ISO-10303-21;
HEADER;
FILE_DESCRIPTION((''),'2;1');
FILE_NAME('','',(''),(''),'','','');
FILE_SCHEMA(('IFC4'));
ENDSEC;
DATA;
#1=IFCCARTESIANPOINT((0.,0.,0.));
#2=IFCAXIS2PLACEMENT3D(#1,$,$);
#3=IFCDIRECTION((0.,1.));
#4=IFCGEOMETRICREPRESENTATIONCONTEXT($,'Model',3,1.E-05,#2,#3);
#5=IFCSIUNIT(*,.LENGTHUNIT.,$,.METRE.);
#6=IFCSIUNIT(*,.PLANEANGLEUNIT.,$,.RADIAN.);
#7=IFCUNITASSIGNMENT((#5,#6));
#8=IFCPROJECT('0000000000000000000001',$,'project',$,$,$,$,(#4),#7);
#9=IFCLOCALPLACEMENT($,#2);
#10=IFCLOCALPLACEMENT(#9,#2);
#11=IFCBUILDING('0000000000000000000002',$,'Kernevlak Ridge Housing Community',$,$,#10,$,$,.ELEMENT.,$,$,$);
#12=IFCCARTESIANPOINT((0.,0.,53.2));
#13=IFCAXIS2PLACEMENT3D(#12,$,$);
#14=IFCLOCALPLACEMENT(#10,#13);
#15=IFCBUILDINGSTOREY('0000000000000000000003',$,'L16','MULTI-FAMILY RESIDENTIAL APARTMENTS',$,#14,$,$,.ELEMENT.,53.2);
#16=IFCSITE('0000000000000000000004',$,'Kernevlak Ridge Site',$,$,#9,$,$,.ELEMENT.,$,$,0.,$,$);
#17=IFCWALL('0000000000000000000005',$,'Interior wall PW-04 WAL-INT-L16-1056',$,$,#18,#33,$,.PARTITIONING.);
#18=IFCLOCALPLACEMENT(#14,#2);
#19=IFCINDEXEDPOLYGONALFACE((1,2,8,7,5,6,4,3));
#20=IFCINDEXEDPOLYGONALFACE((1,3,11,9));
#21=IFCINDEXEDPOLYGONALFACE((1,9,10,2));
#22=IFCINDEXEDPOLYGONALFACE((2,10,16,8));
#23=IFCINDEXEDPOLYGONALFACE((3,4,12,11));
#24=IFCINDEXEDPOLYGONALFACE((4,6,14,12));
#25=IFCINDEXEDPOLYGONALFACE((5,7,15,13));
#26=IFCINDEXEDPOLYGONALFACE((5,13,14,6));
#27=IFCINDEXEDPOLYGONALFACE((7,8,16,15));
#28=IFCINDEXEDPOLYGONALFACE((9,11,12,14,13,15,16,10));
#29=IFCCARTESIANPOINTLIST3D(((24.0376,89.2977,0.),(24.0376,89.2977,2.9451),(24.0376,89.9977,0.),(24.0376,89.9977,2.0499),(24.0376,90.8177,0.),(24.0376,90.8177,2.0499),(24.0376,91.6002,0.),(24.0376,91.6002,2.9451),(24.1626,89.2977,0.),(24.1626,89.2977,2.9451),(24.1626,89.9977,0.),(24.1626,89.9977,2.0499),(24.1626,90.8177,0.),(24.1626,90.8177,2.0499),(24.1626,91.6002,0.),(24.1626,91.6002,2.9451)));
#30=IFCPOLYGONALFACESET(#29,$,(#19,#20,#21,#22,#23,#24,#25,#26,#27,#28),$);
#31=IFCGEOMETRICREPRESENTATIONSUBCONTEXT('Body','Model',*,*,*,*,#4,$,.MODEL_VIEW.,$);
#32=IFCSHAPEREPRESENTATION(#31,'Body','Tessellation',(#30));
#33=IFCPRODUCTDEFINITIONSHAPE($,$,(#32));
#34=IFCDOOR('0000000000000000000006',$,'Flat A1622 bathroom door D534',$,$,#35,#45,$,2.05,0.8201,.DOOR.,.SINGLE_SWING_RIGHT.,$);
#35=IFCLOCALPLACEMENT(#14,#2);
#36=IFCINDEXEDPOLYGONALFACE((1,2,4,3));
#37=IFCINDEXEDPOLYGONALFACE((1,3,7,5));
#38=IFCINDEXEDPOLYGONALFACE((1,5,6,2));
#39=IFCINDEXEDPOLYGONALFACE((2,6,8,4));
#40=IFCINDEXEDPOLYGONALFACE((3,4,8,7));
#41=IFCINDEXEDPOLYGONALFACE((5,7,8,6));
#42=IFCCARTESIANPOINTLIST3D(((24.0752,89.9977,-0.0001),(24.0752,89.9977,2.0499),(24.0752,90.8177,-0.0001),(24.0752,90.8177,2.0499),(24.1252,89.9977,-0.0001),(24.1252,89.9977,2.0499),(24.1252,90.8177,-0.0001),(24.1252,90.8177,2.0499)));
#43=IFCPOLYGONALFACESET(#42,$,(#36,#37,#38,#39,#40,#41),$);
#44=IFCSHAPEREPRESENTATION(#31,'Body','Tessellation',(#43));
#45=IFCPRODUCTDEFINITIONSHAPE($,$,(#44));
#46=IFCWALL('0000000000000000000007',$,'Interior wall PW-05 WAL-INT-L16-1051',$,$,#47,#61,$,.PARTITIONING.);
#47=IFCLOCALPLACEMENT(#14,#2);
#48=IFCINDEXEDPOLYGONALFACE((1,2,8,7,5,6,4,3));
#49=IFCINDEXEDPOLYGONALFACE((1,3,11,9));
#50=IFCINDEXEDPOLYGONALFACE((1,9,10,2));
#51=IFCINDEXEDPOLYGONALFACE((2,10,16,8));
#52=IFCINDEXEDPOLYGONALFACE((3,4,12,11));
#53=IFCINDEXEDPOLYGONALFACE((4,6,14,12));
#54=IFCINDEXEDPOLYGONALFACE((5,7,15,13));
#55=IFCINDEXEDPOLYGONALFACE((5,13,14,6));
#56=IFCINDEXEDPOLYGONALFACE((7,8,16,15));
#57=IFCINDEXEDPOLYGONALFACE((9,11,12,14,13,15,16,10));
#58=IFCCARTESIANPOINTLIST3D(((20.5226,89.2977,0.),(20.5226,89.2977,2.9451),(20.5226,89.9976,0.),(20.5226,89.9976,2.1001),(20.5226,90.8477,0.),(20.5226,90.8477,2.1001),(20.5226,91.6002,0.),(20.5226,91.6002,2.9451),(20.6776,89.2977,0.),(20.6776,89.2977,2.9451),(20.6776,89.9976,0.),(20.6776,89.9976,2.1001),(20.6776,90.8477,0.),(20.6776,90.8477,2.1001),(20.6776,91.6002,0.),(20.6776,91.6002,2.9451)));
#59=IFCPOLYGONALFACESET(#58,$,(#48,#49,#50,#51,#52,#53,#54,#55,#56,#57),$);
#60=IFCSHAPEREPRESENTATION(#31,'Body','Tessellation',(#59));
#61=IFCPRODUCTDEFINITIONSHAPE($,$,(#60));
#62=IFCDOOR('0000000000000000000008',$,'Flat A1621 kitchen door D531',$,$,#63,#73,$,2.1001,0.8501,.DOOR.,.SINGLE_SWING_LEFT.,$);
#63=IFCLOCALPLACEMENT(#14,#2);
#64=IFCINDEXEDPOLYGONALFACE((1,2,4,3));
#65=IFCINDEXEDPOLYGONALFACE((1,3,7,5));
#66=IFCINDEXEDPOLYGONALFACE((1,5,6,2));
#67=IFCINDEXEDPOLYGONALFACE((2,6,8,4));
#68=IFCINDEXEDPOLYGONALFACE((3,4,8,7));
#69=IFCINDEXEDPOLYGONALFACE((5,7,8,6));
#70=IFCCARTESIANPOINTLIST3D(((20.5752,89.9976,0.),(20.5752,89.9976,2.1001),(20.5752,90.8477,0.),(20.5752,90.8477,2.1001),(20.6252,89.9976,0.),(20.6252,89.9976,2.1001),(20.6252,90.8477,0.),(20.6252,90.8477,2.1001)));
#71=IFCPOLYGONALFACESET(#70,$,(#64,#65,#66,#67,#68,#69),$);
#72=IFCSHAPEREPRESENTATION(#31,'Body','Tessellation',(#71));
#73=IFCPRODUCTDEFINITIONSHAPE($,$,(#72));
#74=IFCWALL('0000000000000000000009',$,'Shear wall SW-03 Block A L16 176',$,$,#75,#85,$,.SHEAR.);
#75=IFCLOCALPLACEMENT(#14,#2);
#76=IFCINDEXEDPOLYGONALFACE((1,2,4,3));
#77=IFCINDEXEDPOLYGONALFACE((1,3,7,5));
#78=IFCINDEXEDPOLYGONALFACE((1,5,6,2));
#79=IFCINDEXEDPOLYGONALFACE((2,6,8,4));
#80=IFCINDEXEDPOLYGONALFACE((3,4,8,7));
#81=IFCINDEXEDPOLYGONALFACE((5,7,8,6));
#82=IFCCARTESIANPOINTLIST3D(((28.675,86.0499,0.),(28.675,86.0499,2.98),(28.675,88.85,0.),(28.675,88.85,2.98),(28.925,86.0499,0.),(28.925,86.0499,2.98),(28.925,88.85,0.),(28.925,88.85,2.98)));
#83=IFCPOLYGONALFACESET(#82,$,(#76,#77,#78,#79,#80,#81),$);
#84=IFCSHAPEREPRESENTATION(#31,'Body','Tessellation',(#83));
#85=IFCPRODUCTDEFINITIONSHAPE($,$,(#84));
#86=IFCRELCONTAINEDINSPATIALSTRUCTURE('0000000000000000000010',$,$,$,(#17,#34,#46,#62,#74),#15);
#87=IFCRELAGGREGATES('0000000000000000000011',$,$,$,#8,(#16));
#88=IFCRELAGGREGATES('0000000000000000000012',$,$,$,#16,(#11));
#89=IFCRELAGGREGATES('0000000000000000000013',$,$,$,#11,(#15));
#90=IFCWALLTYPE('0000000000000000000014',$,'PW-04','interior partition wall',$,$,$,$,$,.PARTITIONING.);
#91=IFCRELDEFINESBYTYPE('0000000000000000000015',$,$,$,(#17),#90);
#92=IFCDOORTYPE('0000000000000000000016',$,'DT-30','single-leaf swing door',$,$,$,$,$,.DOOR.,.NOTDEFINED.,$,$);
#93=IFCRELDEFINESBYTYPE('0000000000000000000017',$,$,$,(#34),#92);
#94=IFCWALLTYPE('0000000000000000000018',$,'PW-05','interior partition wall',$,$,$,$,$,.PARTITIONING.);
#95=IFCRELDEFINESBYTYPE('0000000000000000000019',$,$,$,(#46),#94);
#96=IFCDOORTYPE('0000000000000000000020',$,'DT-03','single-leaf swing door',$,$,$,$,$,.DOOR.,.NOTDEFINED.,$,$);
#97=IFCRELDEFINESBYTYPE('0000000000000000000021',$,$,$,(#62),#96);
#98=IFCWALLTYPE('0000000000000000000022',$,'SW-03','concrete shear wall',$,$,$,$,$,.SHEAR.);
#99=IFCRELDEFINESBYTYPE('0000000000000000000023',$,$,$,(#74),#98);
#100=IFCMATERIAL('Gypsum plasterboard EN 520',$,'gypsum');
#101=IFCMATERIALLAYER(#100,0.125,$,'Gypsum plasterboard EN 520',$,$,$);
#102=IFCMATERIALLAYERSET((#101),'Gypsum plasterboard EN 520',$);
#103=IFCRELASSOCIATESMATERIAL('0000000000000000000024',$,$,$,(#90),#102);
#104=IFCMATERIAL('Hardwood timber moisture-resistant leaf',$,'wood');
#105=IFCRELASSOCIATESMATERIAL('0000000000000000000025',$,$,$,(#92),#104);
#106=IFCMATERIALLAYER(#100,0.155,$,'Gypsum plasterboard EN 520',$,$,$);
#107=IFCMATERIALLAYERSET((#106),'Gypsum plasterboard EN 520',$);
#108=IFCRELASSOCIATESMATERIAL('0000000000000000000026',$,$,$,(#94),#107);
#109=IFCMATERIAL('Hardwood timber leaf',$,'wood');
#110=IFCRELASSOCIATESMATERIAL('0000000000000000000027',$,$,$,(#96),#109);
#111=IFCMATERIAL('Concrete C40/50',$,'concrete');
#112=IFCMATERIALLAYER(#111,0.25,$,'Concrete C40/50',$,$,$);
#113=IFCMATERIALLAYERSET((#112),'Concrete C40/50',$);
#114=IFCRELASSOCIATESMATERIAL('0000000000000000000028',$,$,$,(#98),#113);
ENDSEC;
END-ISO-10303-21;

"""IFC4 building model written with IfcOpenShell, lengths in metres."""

from ifc_helpers import new_model, si_unit, direction, frame, frame_2d, origin, place, context, subcontext, project, spatial, rectangle, extrude, material, layer, layer_set, type_object, element, fill, save


model = new_model("IFC4")

# Units and contexts
model_context = context("Model", 3, precision=1e-05, world=origin(), true_north=direction((0.0, 1.0)))
body_context = subcontext(model_context, "Body", "Model", "MODEL_VIEW")
ifc_project = project(units=[si_unit("LENGTHUNIT", "METRE"), si_unit("PLANEANGLEUNIT", "RADIAN")], contexts=[model_context])

# Site, building, storey
site_placement = place(None, origin())
site = spatial("IfcSite", under=ifc_project, at=site_placement, Name="Kernevlak Ridge Site", CompositionType="ELEMENT", RefElevation=0.0)
building_placement = place(site_placement, origin())
building = spatial("IfcBuilding", under=site, at=building_placement, Name="Kernevlak Ridge Housing Community", CompositionType="ELEMENT")
storey_placement = place(building_placement, frame((0.0, 0.0, 53.2)))
storey = spatial("IfcBuildingStorey", under=building, at=storey_placement, Name="L16", Description="MULTI-FAMILY RESIDENTIAL APARTMENTS", CompositionType="ELEMENT", Elevation=53.2)

# Walls, openings, doors
ifc_material_1 = material(Name="Gypsum plasterboard EN 520", Category="gypsum")
ifc_layer_1 = layer(ifc_material_1, 0.125, Name="Gypsum plasterboard EN 520")
ifc_layer_set_1 = layer_set([ifc_layer_1], Name="Gypsum plasterboard EN 520")
wall_type_1 = type_object("IfcWallType", Name="PW-04", Description="interior partition wall", PredefinedType="PARTITIONING", material=ifc_layer_set_1)
wall_1_placement = place(storey_placement, frame((24.1001, 89.2976, 0.0), z_axis=(0.0, 0.0, 1.0), x_axis=(0.0, 1.0, 0.0)))
wall_1 = element("IfcWall", 1, at=wall_1_placement, inside=storey, type_object=wall_type_1, Name="Interior wall PW-04 WAL-INT-L16-1056", PredefinedType="PARTITIONING", context=body_context, shape_type="SweptSolid", body=[
    extrude(rectangle(XDim=2.3025, YDim=0.125, at=frame_2d((1.1514, 0.0))), origin(), (0.0, 0.0, 1.0), 2.9451),
])
opening_1_placement = place(wall_1_placement, frame((0.7, 0.0, 0.0)))
opening_1 = element("IfcOpeningElement", 2, at=opening_1_placement, cuts=wall_1, PredefinedType="OPENING", context=body_context, shape_type="SweptSolid", body=[
    extrude(rectangle(XDim=0.8201, YDim=2.05, at=frame_2d((0.4102, 1.0249))), frame((0.0, 0.0725, 0.0), z_axis=(0.0, -1.0, 0.0), x_axis=(1.0, 0.0, 0.0)), (0.0, 0.0, 1.0), 0.145),
])
ifc_material_2 = material(Name="Hardwood timber moisture-resistant leaf", Category="wood")
door_type_1 = type_object("IfcDoorType", Name="DT-30", Description="single-leaf swing door", OperationType="NOTDEFINED", PredefinedType="DOOR", material=ifc_material_2)
door_1_placement = place(opening_1_placement, origin())
door_1 = element("IfcDoor", 3, at=door_1_placement, inside=storey, type_object=door_type_1, Name="Flat A1622 bathroom door D534", OperationType="SINGLE_SWING_RIGHT", OverallHeight=2.05, OverallWidth=0.8201, PredefinedType="DOOR", context=body_context, shape_type="SweptSolid", body=[
    extrude(rectangle(XDim=0.8201, YDim=2.05, at=frame_2d((0.4102, 1.0249))), frame((0.0, 0.0249, 0.0), z_axis=(0.0, -1.0, 0.0), x_axis=(1.0, 0.0, 0.0)), (0.0, 0.0, 1.0), 0.05),
])
fill(opening_1, door_1)
ifc_layer_2 = layer(ifc_material_1, 0.155, Name="Gypsum plasterboard EN 520")
ifc_layer_set_2 = layer_set([ifc_layer_2], Name="Gypsum plasterboard EN 520")
wall_type_2 = type_object("IfcWallType", Name="PW-05", Description="interior partition wall", PredefinedType="PARTITIONING", material=ifc_layer_set_2)
wall_2_placement = place(storey_placement, frame((20.6001, 89.2976, 0.0), z_axis=(0.0, 0.0, 1.0), x_axis=(0.0, 1.0, 0.0)))
wall_2 = element("IfcWall", 4, at=wall_2_placement, inside=storey, type_object=wall_type_2, Name="Interior wall PW-05 WAL-INT-L16-1051", PredefinedType="PARTITIONING", context=body_context, shape_type="SweptSolid", body=[
    extrude(rectangle(XDim=2.3025, YDim=0.155, at=frame_2d((1.1514, 0.0))), origin(), (0.0, 0.0, 1.0), 2.9451),
])
opening_2_placement = place(wall_2_placement, frame((0.7, 0.0, 0.0)))
opening_2 = element("IfcOpeningElement", 5, at=opening_2_placement, cuts=wall_2, PredefinedType="OPENING", context=body_context, shape_type="SweptSolid", body=[
    extrude(rectangle(XDim=0.8501, YDim=2.1001, at=frame_2d((0.425, 1.05))), frame((0.0, 0.0874, 0.0), z_axis=(0.0, -1.0, 0.0), x_axis=(1.0, 0.0, 0.0)), (0.0, 0.0, 1.0), 0.175),
])
ifc_material_3 = material(Name="Hardwood timber leaf", Category="wood")
door_type_2 = type_object("IfcDoorType", Name="DT-03", Description="single-leaf swing door", OperationType="NOTDEFINED", PredefinedType="DOOR", material=ifc_material_3)
door_2_placement = place(opening_2_placement, origin())
door_2 = element("IfcDoor", 6, at=door_2_placement, inside=storey, type_object=door_type_2, Name="Flat A1621 kitchen door D531", OperationType="SINGLE_SWING_LEFT", OverallHeight=2.1001, OverallWidth=0.8501, PredefinedType="DOOR", context=body_context, shape_type="SweptSolid", body=[
    extrude(rectangle(XDim=0.8501, YDim=2.1001, at=frame_2d((0.425, 1.05))), frame((0.0, 0.0249, 0.0), z_axis=(0.0, -1.0, 0.0), x_axis=(1.0, 0.0, 0.0)), (0.0, 0.0, 1.0), 0.05),
])
fill(opening_2, door_2)

# Wall
ifc_material_4 = material(Name="Concrete C40/50", Category="concrete")
ifc_layer_3 = layer(ifc_material_4, 0.25, Name="Concrete C40/50")
ifc_layer_set_3 = layer_set([ifc_layer_3], Name="Concrete C40/50")
wall_type_3 = type_object("IfcWallType", Name="SW-03", Description="concrete shear wall", PredefinedType="SHEAR", material=ifc_layer_set_3)
wall_3_placement = place(storey_placement, frame((28.8, 86.05, 0.0), z_axis=(0.0, 0.0, 1.0), x_axis=(0.0, 1.0, 0.0)))
element("IfcWall", 7, at=wall_3_placement, inside=storey, type_object=wall_type_3, Name="Shear wall SW-03 Block A L16 176", PredefinedType="SHEAR", context=body_context, shape_type="SweptSolid", body=[
    extrude(rectangle(XDim=2.8, YDim=0.25, at=frame_2d((1.3999, 0.0))), origin(), (0.0, 0.0, 1.0), 2.98),
])

save(model, "model.ifc")
